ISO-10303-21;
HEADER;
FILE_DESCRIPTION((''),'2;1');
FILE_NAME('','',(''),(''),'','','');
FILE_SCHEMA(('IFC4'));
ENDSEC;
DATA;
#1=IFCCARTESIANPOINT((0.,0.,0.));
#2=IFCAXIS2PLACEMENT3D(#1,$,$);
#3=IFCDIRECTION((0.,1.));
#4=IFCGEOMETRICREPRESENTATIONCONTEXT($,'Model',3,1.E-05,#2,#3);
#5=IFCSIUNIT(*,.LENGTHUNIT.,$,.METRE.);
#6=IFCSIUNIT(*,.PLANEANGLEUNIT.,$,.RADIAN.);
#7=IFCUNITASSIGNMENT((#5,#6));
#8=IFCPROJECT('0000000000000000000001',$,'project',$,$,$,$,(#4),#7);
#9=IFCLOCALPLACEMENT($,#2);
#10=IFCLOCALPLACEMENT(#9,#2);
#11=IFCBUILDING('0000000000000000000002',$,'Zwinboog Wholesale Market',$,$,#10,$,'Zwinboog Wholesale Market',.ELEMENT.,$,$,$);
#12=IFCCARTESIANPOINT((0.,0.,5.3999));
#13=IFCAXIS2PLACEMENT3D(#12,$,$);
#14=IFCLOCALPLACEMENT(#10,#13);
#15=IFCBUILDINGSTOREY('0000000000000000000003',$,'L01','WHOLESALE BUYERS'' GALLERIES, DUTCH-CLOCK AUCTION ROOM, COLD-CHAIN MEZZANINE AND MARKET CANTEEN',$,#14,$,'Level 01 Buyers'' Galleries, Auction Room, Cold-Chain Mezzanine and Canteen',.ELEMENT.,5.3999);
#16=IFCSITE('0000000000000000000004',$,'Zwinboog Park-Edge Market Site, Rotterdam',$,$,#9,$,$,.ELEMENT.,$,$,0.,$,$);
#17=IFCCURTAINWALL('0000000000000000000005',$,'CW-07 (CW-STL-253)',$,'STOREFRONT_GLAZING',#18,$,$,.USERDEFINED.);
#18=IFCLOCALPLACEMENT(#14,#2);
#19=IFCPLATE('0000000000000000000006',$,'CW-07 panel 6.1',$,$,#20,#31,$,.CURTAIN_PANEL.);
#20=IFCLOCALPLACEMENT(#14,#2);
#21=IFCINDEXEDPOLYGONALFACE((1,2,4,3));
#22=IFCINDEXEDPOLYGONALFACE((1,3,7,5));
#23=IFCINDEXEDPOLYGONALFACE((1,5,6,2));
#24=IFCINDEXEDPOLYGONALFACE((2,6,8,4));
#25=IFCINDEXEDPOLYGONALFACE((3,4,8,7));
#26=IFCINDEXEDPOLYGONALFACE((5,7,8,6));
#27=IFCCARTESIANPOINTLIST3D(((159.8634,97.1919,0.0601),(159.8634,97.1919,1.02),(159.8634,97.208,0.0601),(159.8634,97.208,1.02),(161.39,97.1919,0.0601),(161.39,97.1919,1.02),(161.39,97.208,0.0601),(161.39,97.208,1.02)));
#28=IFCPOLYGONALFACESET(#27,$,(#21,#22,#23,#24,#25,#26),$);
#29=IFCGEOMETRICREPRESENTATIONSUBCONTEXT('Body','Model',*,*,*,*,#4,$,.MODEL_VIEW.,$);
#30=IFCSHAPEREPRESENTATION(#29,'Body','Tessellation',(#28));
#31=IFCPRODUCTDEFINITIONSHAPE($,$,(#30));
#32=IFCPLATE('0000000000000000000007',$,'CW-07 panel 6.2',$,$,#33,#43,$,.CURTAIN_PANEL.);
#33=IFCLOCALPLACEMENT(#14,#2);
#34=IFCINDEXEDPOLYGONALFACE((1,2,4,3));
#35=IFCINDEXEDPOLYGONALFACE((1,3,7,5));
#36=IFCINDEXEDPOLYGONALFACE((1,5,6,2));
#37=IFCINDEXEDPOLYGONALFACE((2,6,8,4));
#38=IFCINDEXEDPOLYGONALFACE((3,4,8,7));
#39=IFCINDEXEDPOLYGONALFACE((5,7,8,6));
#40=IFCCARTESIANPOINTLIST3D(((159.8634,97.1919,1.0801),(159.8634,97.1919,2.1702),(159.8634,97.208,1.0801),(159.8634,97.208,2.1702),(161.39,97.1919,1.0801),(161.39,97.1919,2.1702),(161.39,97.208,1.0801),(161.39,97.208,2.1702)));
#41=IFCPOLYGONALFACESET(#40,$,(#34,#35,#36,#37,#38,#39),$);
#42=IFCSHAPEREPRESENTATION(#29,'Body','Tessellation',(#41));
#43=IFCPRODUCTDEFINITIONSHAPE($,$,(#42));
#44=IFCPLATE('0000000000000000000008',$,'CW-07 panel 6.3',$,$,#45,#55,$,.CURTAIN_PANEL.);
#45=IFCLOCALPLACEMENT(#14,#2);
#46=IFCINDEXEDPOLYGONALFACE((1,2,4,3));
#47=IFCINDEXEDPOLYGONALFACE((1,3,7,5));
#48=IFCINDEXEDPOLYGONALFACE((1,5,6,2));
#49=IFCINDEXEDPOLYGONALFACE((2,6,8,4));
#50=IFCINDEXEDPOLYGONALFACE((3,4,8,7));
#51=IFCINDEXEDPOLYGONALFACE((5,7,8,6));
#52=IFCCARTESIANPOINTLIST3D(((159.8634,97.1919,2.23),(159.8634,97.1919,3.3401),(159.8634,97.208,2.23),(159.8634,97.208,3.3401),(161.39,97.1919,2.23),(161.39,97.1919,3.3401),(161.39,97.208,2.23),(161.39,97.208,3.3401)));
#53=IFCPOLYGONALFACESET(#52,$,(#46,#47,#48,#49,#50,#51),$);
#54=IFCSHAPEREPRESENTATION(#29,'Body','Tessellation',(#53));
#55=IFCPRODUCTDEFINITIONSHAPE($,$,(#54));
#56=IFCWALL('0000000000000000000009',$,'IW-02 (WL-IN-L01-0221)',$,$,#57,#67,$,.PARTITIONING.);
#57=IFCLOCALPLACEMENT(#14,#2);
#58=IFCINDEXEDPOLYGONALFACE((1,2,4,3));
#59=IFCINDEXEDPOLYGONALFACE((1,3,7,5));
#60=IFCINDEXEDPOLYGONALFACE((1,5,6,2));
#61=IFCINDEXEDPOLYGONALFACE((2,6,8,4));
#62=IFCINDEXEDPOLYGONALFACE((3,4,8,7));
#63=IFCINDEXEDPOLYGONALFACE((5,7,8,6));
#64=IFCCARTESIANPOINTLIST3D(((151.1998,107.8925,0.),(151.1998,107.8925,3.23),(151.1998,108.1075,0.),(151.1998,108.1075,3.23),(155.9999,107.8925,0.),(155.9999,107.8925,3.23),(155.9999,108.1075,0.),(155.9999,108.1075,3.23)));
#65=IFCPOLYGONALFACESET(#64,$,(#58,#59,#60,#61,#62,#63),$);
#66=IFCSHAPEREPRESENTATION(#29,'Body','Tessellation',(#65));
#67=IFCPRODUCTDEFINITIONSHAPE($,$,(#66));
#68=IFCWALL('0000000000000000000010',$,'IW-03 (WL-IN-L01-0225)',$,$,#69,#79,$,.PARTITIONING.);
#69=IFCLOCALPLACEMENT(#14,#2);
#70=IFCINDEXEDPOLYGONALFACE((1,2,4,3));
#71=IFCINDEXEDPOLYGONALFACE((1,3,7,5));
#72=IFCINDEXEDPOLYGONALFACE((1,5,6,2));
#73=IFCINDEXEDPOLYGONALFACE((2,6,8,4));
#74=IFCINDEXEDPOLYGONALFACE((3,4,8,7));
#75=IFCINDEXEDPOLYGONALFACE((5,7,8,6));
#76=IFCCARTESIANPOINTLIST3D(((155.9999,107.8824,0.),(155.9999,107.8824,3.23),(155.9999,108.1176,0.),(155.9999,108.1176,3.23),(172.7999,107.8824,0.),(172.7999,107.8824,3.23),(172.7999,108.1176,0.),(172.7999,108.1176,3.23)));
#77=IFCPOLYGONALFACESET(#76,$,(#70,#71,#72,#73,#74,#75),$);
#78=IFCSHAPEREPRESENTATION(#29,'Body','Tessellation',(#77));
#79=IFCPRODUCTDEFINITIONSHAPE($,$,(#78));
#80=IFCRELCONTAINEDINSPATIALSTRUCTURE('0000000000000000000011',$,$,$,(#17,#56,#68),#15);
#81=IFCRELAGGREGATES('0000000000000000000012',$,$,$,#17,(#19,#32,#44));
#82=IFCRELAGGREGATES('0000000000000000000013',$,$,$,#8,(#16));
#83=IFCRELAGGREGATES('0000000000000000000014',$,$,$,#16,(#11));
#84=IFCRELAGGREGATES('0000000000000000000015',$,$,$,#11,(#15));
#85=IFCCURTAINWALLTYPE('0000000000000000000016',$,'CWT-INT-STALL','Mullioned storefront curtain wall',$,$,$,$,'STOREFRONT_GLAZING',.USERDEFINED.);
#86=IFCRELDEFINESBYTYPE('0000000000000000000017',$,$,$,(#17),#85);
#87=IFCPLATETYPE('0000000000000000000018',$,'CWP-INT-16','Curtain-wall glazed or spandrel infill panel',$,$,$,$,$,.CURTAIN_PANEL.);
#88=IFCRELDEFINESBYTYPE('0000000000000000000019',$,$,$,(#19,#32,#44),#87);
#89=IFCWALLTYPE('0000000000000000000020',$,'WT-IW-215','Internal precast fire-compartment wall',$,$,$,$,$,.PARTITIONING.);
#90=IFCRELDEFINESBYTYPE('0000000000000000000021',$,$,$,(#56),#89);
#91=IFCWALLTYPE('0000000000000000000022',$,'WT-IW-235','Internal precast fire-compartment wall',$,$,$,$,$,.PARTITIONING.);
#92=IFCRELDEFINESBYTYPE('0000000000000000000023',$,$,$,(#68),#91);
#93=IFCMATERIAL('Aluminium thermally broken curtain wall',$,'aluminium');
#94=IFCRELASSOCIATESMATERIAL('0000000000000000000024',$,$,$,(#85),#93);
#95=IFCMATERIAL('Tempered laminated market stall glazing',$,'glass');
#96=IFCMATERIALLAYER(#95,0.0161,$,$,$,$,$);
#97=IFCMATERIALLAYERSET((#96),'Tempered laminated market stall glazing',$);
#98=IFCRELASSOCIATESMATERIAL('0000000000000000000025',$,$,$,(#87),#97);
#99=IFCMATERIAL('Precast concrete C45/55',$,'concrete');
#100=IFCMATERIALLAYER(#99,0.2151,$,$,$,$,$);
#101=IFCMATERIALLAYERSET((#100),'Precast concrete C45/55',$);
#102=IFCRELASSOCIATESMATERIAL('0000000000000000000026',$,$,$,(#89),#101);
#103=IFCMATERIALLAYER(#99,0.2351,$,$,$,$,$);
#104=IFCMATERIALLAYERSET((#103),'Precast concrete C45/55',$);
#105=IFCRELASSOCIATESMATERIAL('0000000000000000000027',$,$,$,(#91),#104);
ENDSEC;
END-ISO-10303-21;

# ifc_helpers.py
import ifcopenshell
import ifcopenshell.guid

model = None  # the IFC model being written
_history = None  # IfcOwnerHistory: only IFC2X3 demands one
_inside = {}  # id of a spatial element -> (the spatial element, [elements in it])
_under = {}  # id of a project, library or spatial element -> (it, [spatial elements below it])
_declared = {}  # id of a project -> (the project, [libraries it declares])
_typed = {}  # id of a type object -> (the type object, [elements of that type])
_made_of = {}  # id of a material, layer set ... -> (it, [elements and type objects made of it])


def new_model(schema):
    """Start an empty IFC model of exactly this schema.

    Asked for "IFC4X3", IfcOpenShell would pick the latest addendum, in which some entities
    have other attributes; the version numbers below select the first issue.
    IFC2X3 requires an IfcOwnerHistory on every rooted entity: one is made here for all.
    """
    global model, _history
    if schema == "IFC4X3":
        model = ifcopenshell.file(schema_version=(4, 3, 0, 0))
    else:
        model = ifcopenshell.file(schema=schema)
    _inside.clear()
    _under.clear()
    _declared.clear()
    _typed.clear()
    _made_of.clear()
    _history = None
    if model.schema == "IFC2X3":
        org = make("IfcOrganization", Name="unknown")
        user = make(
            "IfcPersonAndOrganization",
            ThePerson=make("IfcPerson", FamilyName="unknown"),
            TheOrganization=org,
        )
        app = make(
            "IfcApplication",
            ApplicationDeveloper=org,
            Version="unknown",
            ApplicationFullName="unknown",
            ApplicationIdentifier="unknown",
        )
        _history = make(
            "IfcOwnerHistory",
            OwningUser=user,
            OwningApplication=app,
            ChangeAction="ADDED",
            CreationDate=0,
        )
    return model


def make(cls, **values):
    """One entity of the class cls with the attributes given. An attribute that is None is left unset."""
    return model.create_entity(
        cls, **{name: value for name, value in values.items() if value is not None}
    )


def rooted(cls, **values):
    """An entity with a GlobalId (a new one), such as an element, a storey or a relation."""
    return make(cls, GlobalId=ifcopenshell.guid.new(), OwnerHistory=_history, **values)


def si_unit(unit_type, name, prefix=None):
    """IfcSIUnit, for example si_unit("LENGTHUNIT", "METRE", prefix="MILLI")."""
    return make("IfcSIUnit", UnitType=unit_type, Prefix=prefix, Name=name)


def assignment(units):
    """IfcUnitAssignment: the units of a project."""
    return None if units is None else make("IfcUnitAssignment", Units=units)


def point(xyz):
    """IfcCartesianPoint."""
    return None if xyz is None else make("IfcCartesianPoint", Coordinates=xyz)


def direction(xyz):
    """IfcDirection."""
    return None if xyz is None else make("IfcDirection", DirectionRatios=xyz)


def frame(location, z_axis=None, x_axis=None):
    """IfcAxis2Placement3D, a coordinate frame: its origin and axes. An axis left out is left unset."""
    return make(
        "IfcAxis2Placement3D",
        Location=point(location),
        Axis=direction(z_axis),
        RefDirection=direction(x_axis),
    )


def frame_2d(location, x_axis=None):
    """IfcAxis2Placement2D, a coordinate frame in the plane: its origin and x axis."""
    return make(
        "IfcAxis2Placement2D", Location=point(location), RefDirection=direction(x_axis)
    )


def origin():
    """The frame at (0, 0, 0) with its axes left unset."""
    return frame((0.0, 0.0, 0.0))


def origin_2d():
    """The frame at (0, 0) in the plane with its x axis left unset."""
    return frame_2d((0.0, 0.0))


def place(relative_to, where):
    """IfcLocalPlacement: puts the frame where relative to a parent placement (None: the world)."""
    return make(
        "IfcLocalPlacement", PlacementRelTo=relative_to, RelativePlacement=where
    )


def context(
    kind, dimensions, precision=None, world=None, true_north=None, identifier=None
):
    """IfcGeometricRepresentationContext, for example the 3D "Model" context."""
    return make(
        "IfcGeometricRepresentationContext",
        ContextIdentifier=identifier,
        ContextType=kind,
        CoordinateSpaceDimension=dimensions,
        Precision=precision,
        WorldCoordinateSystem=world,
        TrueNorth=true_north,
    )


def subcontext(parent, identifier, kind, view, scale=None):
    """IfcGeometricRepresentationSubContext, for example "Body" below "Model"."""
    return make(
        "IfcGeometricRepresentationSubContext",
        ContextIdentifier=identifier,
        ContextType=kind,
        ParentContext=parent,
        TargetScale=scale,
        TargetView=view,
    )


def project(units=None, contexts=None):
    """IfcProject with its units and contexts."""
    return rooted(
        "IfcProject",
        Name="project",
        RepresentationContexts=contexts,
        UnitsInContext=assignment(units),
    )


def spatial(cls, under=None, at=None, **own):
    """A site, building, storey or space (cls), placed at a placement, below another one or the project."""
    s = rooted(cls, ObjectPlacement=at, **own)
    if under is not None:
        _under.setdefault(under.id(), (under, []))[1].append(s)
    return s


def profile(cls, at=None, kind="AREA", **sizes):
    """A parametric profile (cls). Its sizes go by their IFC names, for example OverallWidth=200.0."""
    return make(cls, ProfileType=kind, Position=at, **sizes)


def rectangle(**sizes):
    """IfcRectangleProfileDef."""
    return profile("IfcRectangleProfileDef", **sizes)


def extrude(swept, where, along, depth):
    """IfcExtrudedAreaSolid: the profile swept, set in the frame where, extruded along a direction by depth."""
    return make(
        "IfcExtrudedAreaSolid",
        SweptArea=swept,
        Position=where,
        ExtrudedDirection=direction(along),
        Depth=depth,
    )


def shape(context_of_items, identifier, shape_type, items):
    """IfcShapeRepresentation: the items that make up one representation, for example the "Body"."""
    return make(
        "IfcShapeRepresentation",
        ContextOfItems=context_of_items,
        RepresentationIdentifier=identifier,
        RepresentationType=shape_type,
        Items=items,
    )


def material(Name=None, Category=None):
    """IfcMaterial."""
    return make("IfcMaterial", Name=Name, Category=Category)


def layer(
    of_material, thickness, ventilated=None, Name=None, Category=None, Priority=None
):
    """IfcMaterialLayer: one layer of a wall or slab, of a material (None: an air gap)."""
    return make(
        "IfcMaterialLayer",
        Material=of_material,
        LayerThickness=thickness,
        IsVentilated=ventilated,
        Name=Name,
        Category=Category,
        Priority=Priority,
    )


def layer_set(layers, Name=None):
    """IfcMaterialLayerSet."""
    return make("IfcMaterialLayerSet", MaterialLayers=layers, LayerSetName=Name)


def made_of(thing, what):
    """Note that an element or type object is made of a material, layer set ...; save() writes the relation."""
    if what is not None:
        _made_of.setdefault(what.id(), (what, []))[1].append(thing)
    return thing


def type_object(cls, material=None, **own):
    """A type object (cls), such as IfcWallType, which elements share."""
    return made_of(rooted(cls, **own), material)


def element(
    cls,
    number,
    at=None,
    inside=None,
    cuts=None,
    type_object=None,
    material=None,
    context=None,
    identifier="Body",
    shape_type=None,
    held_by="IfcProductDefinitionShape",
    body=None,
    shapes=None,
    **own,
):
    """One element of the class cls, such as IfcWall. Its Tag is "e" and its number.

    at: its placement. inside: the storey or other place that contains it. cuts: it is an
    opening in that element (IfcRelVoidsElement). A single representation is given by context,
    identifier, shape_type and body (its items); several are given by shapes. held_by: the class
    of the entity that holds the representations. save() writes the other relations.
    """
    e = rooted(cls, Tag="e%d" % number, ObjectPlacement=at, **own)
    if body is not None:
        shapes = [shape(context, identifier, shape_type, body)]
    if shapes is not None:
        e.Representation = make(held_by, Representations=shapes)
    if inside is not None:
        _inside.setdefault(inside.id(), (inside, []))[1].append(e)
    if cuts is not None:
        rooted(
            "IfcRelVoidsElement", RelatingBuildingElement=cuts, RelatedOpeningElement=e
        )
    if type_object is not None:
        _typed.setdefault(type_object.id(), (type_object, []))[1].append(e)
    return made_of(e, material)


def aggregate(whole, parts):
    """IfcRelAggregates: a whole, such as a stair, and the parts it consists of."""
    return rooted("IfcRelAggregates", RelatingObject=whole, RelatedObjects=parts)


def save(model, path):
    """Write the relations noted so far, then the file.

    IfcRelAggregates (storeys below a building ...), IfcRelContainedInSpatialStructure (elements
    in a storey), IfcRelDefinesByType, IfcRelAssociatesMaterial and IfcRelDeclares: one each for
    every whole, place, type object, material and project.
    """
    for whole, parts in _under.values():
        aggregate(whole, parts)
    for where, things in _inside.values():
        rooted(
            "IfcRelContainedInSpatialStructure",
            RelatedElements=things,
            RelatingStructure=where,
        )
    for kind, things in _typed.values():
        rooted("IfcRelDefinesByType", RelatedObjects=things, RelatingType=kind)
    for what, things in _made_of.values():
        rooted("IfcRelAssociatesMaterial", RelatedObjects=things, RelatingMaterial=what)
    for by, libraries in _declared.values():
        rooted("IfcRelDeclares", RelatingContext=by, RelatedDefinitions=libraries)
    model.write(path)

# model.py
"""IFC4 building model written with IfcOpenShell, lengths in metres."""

from ifc_helpers import new_model, si_unit, direction, frame, frame_2d, origin, origin_2d, place, context, subcontext, project, spatial, rectangle, extrude, material, layer, layer_set, type_object, element, aggregate, save


model = new_model("IFC4")

# Units and contexts
model_context = context("Model", 3, precision=1e-05, world=origin(), true_north=direction((0.0, 1.0)))
body_context = subcontext(model_context, "Body", "Model", "MODEL_VIEW")
ifc_project = project(units=[si_unit("LENGTHUNIT", "METRE"), si_unit("PLANEANGLEUNIT", "RADIAN")], contexts=[model_context])

# Site, building, storey
site_placement = place(None, origin())
site = spatial("IfcSite", under=ifc_project, at=site_placement, Name="Zwinboog Park-Edge Market Site, Rotterdam", CompositionType="ELEMENT", RefElevation=0.0)
building_placement = place(site_placement, origin())
building = spatial("IfcBuilding", under=site, at=building_placement, Name="Zwinboog Wholesale Market", LongName="Zwinboog Wholesale Market", CompositionType="ELEMENT")
storey_placement = place(building_placement, frame((0.0, 0.0, 5.3999)))
storey = spatial("IfcBuildingStorey", under=building, at=storey_placement, Name="L01", Description="WHOLESALE BUYERS' GALLERIES, DUTCH-CLOCK AUCTION ROOM, COLD-CHAIN MEZZANINE AND MARKET CANTEEN", LongName="Level 01 Buyers' Galleries, Auction Room, Cold-Chain Mezzanine and Canteen", CompositionType="ELEMENT", Elevation=5.3999)

# Shared definitions
ifc_material_1 = material(Name="Precast concrete C45/55", Category="concrete")

# Curtain wall, plates
ifc_material_2 = material(Name="Aluminium thermally broken curtain wall", Category="aluminium")
curtain_wall_type = type_object("IfcCurtainWallType", Name="CWT-INT-STALL", Description="Mullioned storefront curtain wall", ElementType="STOREFRONT_GLAZING", PredefinedType="USERDEFINED", material=ifc_material_2)
curtain_wall_placement = place(storey_placement, origin())
curtain_wall = element("IfcCurtainWall", 1, at=curtain_wall_placement, inside=storey, type_object=curtain_wall_type, Name="CW-07 (CW-STL-253)", ObjectType="STOREFRONT_GLAZING", PredefinedType="USERDEFINED")
ifc_material_3 = material(Name="Tempered laminated market stall glazing", Category="glass")
ifc_layer_1 = layer(ifc_material_3, 0.0161)
ifc_layer_set_1 = layer_set([ifc_layer_1], Name="Tempered laminated market stall glazing")
plate_type = type_object("IfcPlateType", Name="CWP-INT-16", Description="Curtain-wall glazed or spandrel infill panel", PredefinedType="CURTAIN_PANEL", material=ifc_layer_set_1)
plate_1_placement = place(storey_placement, frame((160.6267, 97.2, 0.0601), z_axis=(0.0, 0.0, 1.0), x_axis=(1.0, 0.0, 0.0)))
plate_1 = element("IfcPlate", 2, at=plate_1_placement, type_object=plate_type, Name="CW-07 panel 6.1", PredefinedType="CURTAIN_PANEL", context=body_context, shape_type="SweptSolid", body=[
    extrude(rectangle(XDim=1.5266, YDim=0.0161, at=origin_2d()), origin(), (0.0, 0.0, 1.0), 0.96),
])
plate_2_placement = place(storey_placement, frame((160.6267, 97.2, 1.0801), z_axis=(0.0, 0.0, 1.0), x_axis=(1.0, 0.0, 0.0)))
plate_2 = element("IfcPlate", 3, at=plate_2_placement, type_object=plate_type, Name="CW-07 panel 6.2", PredefinedType="CURTAIN_PANEL", context=body_context, shape_type="SweptSolid", body=[
    extrude(rectangle(XDim=1.5266, YDim=0.0161, at=origin_2d()), origin(), (0.0, 0.0, 1.0), 1.0901),
])
plate_3_placement = place(storey_placement, frame((160.6267, 97.2, 2.23), z_axis=(0.0, 0.0, 1.0), x_axis=(1.0, 0.0, 0.0)))
plate_3 = element("IfcPlate", 4, at=plate_3_placement, type_object=plate_type, Name="CW-07 panel 6.3", PredefinedType="CURTAIN_PANEL", context=body_context, shape_type="SweptSolid", body=[
    extrude(rectangle(XDim=1.5266, YDim=0.0161, at=origin_2d()), origin(), (0.0, 0.0, 1.0), 1.1101),
])
aggregate(curtain_wall, [plate_1, plate_2, plate_3])

# Walls
ifc_layer_2 = layer(ifc_material_1, 0.2151)
ifc_layer_set_2 = layer_set([ifc_layer_2], Name="Precast concrete C45/55")
wall_type_1 = type_object("IfcWallType", Name="WT-IW-215", Description="Internal precast fire-compartment wall", PredefinedType="PARTITIONING", material=ifc_layer_set_2)
wall_1_placement = place(storey_placement, frame((151.2, 108.0, 0.0), z_axis=(0.0, 0.0, 1.0), x_axis=(1.0, 0.0, 0.0)))
element("IfcWall", 5, at=wall_1_placement, inside=storey, type_object=wall_type_1, Name="IW-02 (WL-IN-L01-0221)", PredefinedType="PARTITIONING", context=body_context, shape_type="SweptSolid", body=[
    extrude(rectangle(XDim=4.8, YDim=0.2151, at=frame_2d((2.3999, 0.0))), origin(), (0.0, 0.0, 1.0), 3.23),
])
ifc_layer_3 = layer(ifc_material_1, 0.2351)
ifc_layer_set_3 = layer_set([ifc_layer_3], Name="Precast concrete C45/55")
wall_type_2 = type_object("IfcWallType", Name="WT-IW-235", Description="Internal precast fire-compartment wall", PredefinedType="PARTITIONING", material=ifc_layer_set_3)
wall_2_placement = place(storey_placement, frame((156.0, 108.0, 0.0), z_axis=(0.0, 0.0, 1.0), x_axis=(1.0, 0.0, 0.0)))
element("IfcWall", 6, at=wall_2_placement, inside=storey, type_object=wall_type_2, Name="IW-03 (WL-IN-L01-0225)", PredefinedType="PARTITIONING", context=body_context, shape_type="SweptSolid", body=[
    extrude(rectangle(XDim=16.8, YDim=0.2351, at=frame_2d((8.3999, 0.0))), origin(), (0.0, 0.0, 1.0), 3.23),
])

save(model, "model.ifc")
